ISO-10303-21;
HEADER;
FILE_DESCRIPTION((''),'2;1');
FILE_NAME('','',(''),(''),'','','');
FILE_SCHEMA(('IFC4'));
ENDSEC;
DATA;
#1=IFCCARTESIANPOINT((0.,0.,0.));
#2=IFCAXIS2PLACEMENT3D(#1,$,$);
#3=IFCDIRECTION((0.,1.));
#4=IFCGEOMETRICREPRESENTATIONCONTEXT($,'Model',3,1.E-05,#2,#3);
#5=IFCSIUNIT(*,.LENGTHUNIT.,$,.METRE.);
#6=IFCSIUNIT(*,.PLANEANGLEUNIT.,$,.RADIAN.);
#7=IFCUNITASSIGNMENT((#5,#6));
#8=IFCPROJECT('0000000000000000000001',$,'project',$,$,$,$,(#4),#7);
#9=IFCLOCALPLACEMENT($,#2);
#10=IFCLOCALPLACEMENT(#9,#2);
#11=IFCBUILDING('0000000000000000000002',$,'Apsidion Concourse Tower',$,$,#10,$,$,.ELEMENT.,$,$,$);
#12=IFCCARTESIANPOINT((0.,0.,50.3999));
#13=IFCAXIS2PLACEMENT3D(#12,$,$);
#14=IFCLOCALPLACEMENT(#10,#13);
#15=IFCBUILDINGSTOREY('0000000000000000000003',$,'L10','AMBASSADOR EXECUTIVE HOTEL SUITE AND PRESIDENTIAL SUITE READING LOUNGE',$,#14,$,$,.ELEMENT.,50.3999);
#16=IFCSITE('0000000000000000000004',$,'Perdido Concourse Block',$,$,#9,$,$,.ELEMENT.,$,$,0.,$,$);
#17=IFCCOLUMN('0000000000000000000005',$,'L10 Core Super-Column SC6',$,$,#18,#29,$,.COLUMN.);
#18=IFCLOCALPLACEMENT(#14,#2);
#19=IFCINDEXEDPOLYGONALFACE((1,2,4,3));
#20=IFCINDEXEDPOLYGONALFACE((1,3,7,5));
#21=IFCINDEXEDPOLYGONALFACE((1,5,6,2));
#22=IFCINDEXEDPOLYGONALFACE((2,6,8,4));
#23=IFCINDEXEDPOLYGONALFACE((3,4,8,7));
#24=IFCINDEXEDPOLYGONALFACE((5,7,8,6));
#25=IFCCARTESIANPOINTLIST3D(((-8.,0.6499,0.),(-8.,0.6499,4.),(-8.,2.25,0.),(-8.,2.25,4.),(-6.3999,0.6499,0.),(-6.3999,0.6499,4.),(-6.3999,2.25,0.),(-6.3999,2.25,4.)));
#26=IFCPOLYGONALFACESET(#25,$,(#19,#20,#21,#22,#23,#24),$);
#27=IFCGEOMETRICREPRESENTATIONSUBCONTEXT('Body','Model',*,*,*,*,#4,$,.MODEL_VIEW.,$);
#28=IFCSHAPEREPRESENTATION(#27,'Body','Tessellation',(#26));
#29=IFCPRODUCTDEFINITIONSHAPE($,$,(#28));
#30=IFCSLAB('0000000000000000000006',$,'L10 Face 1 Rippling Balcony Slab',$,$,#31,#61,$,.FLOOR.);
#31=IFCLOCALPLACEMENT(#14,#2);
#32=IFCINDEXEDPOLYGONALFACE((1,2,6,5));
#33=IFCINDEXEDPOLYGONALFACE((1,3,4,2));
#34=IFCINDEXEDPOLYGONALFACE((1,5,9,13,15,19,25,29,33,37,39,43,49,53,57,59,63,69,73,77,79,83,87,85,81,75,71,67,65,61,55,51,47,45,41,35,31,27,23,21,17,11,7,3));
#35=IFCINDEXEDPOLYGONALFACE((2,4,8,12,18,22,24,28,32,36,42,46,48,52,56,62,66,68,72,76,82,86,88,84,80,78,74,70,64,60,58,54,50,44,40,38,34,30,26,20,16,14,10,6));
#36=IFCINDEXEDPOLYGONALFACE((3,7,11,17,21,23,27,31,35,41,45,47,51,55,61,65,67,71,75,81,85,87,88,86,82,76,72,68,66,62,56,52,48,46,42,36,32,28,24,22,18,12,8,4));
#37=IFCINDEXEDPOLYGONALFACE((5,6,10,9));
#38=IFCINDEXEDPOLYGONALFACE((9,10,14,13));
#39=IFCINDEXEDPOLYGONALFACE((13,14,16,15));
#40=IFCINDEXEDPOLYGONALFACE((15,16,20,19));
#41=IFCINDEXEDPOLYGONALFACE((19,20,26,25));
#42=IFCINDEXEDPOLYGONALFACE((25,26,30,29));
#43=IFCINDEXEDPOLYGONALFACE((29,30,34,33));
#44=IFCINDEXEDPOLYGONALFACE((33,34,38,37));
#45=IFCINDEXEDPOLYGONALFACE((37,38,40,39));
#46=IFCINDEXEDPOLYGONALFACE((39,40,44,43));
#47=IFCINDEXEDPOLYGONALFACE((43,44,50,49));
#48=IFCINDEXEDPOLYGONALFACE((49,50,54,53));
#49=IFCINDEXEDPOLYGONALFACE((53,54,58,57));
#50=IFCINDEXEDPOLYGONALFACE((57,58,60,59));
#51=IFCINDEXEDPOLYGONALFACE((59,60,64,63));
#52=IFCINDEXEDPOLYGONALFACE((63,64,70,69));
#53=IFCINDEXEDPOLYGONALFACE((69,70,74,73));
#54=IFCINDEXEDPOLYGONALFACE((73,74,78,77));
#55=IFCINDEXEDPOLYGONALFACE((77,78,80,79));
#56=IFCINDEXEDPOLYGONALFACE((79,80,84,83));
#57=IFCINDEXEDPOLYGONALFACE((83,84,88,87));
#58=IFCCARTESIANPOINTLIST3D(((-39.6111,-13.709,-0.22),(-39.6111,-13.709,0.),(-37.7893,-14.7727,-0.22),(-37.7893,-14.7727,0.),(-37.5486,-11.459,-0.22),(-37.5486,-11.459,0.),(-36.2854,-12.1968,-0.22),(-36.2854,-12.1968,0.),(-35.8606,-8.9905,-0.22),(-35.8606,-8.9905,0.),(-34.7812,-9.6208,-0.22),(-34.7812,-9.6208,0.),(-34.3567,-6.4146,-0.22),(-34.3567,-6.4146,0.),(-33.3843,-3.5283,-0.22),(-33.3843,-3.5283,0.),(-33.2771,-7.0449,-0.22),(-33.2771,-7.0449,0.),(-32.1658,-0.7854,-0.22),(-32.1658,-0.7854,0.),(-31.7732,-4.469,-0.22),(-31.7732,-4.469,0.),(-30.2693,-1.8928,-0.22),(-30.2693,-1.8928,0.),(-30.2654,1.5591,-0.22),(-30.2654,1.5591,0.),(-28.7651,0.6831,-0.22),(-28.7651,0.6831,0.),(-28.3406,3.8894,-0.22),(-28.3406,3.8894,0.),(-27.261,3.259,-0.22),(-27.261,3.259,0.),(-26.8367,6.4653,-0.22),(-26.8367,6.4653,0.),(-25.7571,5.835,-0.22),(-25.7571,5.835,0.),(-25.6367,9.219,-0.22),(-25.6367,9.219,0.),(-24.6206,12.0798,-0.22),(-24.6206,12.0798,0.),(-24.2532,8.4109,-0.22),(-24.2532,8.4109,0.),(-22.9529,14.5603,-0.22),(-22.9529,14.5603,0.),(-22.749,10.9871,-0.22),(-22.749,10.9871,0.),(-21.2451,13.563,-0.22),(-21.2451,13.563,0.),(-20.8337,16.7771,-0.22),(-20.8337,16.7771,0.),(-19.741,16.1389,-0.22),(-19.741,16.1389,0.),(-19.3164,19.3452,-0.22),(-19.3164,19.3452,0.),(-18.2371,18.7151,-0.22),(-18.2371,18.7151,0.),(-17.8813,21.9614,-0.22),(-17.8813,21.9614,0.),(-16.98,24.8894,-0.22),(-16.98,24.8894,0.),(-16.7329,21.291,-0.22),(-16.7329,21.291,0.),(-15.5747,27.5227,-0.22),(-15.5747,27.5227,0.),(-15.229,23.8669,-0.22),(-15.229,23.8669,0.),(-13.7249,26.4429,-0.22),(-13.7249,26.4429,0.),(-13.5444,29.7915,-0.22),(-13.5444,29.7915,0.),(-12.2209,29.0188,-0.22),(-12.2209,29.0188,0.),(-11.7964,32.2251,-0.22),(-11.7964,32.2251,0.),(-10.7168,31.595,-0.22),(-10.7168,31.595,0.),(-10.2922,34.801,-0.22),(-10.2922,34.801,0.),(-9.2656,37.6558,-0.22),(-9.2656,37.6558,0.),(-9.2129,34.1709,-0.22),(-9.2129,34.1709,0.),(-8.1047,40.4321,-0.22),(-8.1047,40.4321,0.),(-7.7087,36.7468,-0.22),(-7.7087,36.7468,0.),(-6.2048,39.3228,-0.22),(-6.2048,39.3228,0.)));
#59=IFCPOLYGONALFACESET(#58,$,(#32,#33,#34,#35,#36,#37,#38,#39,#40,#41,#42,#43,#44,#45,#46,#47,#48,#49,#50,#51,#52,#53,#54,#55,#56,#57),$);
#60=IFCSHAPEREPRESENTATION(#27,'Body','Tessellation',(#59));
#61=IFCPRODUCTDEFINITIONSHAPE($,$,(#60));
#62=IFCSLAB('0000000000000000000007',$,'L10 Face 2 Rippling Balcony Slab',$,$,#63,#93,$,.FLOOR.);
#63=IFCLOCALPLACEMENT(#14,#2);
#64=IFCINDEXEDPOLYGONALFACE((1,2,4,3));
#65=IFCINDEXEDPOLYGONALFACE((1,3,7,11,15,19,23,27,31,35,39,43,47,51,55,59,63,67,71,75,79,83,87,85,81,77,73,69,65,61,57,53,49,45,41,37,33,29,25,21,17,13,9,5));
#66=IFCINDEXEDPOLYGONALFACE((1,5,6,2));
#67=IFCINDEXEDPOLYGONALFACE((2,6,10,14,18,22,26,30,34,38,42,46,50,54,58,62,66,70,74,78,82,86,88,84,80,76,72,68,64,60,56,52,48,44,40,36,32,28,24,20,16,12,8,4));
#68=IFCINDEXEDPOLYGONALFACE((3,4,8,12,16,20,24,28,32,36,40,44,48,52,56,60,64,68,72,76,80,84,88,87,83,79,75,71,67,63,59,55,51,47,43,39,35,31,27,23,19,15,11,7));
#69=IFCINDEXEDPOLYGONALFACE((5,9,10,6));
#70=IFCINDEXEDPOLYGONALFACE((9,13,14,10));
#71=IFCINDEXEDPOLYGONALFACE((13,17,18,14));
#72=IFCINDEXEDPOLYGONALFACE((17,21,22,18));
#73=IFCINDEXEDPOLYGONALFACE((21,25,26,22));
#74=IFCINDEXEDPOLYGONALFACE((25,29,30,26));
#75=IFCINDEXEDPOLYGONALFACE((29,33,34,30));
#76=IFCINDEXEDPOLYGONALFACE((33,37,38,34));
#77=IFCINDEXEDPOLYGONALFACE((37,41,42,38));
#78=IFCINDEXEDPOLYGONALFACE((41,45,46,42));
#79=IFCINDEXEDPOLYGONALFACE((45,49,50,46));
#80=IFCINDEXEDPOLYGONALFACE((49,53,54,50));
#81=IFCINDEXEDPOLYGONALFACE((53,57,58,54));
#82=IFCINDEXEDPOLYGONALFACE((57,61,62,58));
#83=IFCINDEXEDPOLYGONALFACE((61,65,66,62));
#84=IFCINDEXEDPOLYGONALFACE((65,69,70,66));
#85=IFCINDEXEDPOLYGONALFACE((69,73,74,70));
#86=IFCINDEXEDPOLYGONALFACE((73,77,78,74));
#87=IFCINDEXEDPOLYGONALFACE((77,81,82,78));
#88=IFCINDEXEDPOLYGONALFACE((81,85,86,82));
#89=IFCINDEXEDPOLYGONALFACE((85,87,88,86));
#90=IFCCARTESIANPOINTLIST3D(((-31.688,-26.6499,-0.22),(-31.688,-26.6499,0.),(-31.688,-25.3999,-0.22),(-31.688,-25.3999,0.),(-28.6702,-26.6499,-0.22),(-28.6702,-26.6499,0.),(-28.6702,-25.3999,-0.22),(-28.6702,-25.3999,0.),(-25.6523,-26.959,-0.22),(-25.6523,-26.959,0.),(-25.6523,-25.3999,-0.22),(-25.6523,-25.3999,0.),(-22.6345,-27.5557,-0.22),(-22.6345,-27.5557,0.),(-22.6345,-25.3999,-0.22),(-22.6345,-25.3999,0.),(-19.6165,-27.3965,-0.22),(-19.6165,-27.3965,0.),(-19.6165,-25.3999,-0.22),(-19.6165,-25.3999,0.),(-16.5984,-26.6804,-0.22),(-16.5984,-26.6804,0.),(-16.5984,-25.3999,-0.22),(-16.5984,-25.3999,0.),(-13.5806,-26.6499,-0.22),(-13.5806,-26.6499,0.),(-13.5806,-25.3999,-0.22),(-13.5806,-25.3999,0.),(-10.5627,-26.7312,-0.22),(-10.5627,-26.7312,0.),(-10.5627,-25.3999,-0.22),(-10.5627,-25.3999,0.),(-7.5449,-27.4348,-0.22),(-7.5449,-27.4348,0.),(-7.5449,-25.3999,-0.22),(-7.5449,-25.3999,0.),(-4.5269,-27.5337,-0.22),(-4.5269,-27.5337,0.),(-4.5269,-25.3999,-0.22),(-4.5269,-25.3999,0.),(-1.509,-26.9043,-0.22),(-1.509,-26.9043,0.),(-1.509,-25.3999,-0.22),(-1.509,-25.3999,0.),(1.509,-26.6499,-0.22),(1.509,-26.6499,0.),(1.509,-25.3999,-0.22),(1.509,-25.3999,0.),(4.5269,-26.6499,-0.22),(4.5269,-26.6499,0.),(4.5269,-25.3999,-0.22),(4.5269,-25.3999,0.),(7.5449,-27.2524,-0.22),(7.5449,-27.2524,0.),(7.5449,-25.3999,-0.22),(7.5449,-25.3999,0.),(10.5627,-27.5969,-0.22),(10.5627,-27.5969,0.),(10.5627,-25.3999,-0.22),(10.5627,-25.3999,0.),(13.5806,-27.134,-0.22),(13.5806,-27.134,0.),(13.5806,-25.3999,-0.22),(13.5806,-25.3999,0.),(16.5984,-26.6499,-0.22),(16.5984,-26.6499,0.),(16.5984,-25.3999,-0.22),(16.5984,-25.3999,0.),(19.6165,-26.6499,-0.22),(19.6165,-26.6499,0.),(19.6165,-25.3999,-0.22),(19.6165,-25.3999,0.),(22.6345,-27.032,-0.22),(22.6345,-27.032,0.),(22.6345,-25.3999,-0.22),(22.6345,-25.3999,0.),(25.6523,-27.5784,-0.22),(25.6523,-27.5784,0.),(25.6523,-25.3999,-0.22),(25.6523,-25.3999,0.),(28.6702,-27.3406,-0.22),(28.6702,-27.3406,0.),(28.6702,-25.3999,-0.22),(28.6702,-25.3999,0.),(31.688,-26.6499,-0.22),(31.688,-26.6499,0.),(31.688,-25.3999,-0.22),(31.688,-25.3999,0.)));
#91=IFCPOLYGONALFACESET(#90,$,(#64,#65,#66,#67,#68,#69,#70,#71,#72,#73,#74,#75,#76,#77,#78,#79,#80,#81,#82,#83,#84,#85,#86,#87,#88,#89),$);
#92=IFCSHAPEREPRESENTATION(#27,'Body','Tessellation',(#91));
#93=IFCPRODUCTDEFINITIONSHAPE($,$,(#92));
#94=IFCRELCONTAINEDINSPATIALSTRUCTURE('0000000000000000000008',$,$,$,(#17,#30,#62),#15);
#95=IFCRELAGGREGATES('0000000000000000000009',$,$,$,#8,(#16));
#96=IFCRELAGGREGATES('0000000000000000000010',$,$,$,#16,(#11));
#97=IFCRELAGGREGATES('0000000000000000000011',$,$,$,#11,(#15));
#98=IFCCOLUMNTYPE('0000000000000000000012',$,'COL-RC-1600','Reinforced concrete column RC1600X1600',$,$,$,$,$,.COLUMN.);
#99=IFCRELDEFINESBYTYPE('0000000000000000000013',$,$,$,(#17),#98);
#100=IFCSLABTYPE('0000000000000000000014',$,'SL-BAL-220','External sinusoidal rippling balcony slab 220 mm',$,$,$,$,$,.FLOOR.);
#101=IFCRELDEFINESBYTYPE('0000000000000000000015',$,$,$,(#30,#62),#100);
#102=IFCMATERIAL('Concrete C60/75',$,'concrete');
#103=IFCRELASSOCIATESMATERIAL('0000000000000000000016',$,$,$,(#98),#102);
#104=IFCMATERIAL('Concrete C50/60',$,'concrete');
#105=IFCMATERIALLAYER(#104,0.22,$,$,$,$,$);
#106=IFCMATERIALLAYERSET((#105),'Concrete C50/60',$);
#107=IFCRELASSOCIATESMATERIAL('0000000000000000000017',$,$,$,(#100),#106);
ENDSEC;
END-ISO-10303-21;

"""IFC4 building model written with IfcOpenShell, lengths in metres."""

from ifc_helpers import new_model, si_unit, direction, frame, origin, origin_2d, place, context, subcontext, project, spatial, polyline, rectangle, outline, extrude, material, layer, layer_set, material_profile, profile_set, type_object, element, save


model = new_model("IFC4")

# Units and contexts
model_context = context("Model", 3, precision=1e-05, world=origin(), true_north=direction((0.0, 1.0)))
body_context = subcontext(model_context, "Body", "Model", "MODEL_VIEW")
ifc_project = project(units=[si_unit("LENGTHUNIT", "METRE"), si_unit("PLANEANGLEUNIT", "RADIAN")], contexts=[model_context])

# Site, building, storey
site_placement = place(None, origin())
site = spatial("IfcSite", under=ifc_project, at=site_placement, Name="Perdido Concourse Block", CompositionType="ELEMENT", RefElevation=0.0)
building_placement = place(site_placement, origin())
building = spatial("IfcBuilding", under=site, at=building_placement, Name="Apsidion Concourse Tower", CompositionType="ELEMENT")
storey_placement = place(building_placement, frame((0.0, 0.0, 50.3999)))
storey = spatial("IfcBuildingStorey", under=building, at=storey_placement, Name="L10", Description="AMBASSADOR EXECUTIVE HOTEL SUITE AND PRESIDENTIAL SUITE READING LOUNGE", CompositionType="ELEMENT", Elevation=50.3999)

# Column
ifc_material_1 = material(Name="Concrete C60/75", Category="concrete")
ifc_material_profile = material_profile(ifc_material_1, rectangle(XDim=1.6001, YDim=1.6001, at=origin_2d()), Name="RC 1600x1600")
ifc_profile_set = profile_set([ifc_material_profile], Name="Concrete C60/75")
column_type = type_object("IfcColumnType", Name="COL-RC-1600", Description="Reinforced concrete column RC1600X1600", PredefinedType="COLUMN", material=ifc_profile_set)
column_placement = place(storey_placement, frame((-7.2, 1.45, 0.0), z_axis=(0.0, 0.0, 1.0), x_axis=(1.0, 0.0, 0.0)))
element("IfcColumn", 1, at=column_placement, inside=storey, type_object=column_type, Name="L10 Core Super-Column SC6", PredefinedType="COLUMN", context=body_context, shape_type="SweptSolid", body=[
    extrude(rectangle(XDim=1.6001, YDim=1.6001, at=origin_2d()), origin(), (0.0, 0.0, 1.0), 4.0),
])

# Slabs
ifc_material_2 = material(Name="Concrete C50/60", Category="concrete")
ifc_layer_1 = layer(ifc_material_2, 0.22)
ifc_layer_set_1 = layer_set([ifc_layer_1], Name="Concrete C50/60")
slab_type_1 = type_object("IfcSlabType", Name="SL-BAL-220", Description="External sinusoidal rippling balcony slab 220 mm", PredefinedType="FLOOR", material=ifc_layer_set_1)
slab_1_placement = place(storey_placement, frame((0.0, 0.0, -0.22)))
element("IfcSlab", 2, at=slab_1_placement, inside=storey, type_object=slab_type_1, Name="L10 Face 1 Rippling Balcony Slab", PredefinedType="FLOOR", context=body_context, shape_type="SweptSolid", body=[
    extrude(outline(polyline([(-6.2048, 39.3228), (-7.7087, 36.7468), (-9.2129, 34.1709), (-10.7168, 31.595), (-12.2209, 29.0188), (-13.7249, 26.4429), (-15.229, 23.8669), (-16.7329, 21.291), (-18.2371, 18.7151), (-19.741, 16.1389), (-21.2451, 13.563), (-22.749, 10.9871), (-24.2532, 8.4109), (-25.7571, 5.835), (-27.261, 3.259), (-28.7651, 0.6831), (-30.2693, -1.8928), (-31.7732, -4.469), (-33.2771, -7.0449), (-34.7812, -9.6208), (-36.2854, -12.1968), (-37.7893, -14.7727), (-39.6111, -13.709), (-37.5486, -11.459), (-35.8606, -8.9905), (-34.3567, -6.4146), (-33.3843, -3.5283), (-32.1658, -0.7854), (-30.2654, 1.5591), (-28.3406, 3.8894), (-26.8367, 6.4653), (-25.6367, 9.219), (-24.6206, 12.0798), (-22.9529, 14.5603), (-20.8337, 16.7771), (-19.3164, 19.3452), (-17.8813, 21.9614), (-16.98, 24.8894), (-15.5747, 27.5227), (-13.5444, 29.7915), (-11.7964, 32.2251), (-10.2922, 34.801), (-9.2656, 37.6558), (-8.1047, 40.4321), (-6.2048, 39.3228)])), origin(), (0.0, 0.0, 1.0), 0.22),
])
slab_2_placement = place(storey_placement, frame((0.0, 0.0, -0.22)))
element("IfcSlab", 3, at=slab_2_placement, inside=storey, type_object=slab_type_1, Name="L10 Face 2 Rippling Balcony Slab", PredefinedType="FLOOR", context=body_context, shape_type="SweptSolid", body=[
    extrude(outline(polyline([(-31.688, -25.3999), (-28.6702, -25.3999), (-25.6523, -25.3999), (-22.6345, -25.3999), (-19.6165, -25.3999), (-16.5984, -25.3999), (-13.5806, -25.3999), (-10.5627, -25.3999), (-7.5449, -25.3999), (-4.5269, -25.3999), (-1.509, -25.3999), (1.509, -25.3999), (4.5269, -25.3999), (7.5449, -25.3999), (10.5627, -25.3999), (13.5806, -25.3999), (16.5984, -25.3999), (19.6165, -25.3999), (22.6345, -25.3999), (25.6523, -25.3999), (28.6702, -25.3999), (31.688, -25.3999), (31.688, -26.6499), (28.6702, -27.3406), (25.6523, -27.5784), (22.6345, -27.032), (19.6165, -26.6499), (16.5984, -26.6499), (13.5806, -27.134), (10.5627, -27.5969), (7.5449, -27.2524), (4.5269, -26.6499), (1.509, -26.6499), (-1.509, -26.9043), (-4.5269, -27.5337), (-7.5449, -27.4348), (-10.5627, -26.7312), (-13.5806, -26.6499), (-16.5984, -26.6804), (-19.6165, -27.3965), (-22.6345, -27.5557), (-25.6523, -26.959), (-28.6702, -26.6499), (-31.688, -26.6499), (-31.688, -25.3999)])), origin(), (0.0, 0.0, 1.0), 0.22),
])

save(model, "model.ifc")
